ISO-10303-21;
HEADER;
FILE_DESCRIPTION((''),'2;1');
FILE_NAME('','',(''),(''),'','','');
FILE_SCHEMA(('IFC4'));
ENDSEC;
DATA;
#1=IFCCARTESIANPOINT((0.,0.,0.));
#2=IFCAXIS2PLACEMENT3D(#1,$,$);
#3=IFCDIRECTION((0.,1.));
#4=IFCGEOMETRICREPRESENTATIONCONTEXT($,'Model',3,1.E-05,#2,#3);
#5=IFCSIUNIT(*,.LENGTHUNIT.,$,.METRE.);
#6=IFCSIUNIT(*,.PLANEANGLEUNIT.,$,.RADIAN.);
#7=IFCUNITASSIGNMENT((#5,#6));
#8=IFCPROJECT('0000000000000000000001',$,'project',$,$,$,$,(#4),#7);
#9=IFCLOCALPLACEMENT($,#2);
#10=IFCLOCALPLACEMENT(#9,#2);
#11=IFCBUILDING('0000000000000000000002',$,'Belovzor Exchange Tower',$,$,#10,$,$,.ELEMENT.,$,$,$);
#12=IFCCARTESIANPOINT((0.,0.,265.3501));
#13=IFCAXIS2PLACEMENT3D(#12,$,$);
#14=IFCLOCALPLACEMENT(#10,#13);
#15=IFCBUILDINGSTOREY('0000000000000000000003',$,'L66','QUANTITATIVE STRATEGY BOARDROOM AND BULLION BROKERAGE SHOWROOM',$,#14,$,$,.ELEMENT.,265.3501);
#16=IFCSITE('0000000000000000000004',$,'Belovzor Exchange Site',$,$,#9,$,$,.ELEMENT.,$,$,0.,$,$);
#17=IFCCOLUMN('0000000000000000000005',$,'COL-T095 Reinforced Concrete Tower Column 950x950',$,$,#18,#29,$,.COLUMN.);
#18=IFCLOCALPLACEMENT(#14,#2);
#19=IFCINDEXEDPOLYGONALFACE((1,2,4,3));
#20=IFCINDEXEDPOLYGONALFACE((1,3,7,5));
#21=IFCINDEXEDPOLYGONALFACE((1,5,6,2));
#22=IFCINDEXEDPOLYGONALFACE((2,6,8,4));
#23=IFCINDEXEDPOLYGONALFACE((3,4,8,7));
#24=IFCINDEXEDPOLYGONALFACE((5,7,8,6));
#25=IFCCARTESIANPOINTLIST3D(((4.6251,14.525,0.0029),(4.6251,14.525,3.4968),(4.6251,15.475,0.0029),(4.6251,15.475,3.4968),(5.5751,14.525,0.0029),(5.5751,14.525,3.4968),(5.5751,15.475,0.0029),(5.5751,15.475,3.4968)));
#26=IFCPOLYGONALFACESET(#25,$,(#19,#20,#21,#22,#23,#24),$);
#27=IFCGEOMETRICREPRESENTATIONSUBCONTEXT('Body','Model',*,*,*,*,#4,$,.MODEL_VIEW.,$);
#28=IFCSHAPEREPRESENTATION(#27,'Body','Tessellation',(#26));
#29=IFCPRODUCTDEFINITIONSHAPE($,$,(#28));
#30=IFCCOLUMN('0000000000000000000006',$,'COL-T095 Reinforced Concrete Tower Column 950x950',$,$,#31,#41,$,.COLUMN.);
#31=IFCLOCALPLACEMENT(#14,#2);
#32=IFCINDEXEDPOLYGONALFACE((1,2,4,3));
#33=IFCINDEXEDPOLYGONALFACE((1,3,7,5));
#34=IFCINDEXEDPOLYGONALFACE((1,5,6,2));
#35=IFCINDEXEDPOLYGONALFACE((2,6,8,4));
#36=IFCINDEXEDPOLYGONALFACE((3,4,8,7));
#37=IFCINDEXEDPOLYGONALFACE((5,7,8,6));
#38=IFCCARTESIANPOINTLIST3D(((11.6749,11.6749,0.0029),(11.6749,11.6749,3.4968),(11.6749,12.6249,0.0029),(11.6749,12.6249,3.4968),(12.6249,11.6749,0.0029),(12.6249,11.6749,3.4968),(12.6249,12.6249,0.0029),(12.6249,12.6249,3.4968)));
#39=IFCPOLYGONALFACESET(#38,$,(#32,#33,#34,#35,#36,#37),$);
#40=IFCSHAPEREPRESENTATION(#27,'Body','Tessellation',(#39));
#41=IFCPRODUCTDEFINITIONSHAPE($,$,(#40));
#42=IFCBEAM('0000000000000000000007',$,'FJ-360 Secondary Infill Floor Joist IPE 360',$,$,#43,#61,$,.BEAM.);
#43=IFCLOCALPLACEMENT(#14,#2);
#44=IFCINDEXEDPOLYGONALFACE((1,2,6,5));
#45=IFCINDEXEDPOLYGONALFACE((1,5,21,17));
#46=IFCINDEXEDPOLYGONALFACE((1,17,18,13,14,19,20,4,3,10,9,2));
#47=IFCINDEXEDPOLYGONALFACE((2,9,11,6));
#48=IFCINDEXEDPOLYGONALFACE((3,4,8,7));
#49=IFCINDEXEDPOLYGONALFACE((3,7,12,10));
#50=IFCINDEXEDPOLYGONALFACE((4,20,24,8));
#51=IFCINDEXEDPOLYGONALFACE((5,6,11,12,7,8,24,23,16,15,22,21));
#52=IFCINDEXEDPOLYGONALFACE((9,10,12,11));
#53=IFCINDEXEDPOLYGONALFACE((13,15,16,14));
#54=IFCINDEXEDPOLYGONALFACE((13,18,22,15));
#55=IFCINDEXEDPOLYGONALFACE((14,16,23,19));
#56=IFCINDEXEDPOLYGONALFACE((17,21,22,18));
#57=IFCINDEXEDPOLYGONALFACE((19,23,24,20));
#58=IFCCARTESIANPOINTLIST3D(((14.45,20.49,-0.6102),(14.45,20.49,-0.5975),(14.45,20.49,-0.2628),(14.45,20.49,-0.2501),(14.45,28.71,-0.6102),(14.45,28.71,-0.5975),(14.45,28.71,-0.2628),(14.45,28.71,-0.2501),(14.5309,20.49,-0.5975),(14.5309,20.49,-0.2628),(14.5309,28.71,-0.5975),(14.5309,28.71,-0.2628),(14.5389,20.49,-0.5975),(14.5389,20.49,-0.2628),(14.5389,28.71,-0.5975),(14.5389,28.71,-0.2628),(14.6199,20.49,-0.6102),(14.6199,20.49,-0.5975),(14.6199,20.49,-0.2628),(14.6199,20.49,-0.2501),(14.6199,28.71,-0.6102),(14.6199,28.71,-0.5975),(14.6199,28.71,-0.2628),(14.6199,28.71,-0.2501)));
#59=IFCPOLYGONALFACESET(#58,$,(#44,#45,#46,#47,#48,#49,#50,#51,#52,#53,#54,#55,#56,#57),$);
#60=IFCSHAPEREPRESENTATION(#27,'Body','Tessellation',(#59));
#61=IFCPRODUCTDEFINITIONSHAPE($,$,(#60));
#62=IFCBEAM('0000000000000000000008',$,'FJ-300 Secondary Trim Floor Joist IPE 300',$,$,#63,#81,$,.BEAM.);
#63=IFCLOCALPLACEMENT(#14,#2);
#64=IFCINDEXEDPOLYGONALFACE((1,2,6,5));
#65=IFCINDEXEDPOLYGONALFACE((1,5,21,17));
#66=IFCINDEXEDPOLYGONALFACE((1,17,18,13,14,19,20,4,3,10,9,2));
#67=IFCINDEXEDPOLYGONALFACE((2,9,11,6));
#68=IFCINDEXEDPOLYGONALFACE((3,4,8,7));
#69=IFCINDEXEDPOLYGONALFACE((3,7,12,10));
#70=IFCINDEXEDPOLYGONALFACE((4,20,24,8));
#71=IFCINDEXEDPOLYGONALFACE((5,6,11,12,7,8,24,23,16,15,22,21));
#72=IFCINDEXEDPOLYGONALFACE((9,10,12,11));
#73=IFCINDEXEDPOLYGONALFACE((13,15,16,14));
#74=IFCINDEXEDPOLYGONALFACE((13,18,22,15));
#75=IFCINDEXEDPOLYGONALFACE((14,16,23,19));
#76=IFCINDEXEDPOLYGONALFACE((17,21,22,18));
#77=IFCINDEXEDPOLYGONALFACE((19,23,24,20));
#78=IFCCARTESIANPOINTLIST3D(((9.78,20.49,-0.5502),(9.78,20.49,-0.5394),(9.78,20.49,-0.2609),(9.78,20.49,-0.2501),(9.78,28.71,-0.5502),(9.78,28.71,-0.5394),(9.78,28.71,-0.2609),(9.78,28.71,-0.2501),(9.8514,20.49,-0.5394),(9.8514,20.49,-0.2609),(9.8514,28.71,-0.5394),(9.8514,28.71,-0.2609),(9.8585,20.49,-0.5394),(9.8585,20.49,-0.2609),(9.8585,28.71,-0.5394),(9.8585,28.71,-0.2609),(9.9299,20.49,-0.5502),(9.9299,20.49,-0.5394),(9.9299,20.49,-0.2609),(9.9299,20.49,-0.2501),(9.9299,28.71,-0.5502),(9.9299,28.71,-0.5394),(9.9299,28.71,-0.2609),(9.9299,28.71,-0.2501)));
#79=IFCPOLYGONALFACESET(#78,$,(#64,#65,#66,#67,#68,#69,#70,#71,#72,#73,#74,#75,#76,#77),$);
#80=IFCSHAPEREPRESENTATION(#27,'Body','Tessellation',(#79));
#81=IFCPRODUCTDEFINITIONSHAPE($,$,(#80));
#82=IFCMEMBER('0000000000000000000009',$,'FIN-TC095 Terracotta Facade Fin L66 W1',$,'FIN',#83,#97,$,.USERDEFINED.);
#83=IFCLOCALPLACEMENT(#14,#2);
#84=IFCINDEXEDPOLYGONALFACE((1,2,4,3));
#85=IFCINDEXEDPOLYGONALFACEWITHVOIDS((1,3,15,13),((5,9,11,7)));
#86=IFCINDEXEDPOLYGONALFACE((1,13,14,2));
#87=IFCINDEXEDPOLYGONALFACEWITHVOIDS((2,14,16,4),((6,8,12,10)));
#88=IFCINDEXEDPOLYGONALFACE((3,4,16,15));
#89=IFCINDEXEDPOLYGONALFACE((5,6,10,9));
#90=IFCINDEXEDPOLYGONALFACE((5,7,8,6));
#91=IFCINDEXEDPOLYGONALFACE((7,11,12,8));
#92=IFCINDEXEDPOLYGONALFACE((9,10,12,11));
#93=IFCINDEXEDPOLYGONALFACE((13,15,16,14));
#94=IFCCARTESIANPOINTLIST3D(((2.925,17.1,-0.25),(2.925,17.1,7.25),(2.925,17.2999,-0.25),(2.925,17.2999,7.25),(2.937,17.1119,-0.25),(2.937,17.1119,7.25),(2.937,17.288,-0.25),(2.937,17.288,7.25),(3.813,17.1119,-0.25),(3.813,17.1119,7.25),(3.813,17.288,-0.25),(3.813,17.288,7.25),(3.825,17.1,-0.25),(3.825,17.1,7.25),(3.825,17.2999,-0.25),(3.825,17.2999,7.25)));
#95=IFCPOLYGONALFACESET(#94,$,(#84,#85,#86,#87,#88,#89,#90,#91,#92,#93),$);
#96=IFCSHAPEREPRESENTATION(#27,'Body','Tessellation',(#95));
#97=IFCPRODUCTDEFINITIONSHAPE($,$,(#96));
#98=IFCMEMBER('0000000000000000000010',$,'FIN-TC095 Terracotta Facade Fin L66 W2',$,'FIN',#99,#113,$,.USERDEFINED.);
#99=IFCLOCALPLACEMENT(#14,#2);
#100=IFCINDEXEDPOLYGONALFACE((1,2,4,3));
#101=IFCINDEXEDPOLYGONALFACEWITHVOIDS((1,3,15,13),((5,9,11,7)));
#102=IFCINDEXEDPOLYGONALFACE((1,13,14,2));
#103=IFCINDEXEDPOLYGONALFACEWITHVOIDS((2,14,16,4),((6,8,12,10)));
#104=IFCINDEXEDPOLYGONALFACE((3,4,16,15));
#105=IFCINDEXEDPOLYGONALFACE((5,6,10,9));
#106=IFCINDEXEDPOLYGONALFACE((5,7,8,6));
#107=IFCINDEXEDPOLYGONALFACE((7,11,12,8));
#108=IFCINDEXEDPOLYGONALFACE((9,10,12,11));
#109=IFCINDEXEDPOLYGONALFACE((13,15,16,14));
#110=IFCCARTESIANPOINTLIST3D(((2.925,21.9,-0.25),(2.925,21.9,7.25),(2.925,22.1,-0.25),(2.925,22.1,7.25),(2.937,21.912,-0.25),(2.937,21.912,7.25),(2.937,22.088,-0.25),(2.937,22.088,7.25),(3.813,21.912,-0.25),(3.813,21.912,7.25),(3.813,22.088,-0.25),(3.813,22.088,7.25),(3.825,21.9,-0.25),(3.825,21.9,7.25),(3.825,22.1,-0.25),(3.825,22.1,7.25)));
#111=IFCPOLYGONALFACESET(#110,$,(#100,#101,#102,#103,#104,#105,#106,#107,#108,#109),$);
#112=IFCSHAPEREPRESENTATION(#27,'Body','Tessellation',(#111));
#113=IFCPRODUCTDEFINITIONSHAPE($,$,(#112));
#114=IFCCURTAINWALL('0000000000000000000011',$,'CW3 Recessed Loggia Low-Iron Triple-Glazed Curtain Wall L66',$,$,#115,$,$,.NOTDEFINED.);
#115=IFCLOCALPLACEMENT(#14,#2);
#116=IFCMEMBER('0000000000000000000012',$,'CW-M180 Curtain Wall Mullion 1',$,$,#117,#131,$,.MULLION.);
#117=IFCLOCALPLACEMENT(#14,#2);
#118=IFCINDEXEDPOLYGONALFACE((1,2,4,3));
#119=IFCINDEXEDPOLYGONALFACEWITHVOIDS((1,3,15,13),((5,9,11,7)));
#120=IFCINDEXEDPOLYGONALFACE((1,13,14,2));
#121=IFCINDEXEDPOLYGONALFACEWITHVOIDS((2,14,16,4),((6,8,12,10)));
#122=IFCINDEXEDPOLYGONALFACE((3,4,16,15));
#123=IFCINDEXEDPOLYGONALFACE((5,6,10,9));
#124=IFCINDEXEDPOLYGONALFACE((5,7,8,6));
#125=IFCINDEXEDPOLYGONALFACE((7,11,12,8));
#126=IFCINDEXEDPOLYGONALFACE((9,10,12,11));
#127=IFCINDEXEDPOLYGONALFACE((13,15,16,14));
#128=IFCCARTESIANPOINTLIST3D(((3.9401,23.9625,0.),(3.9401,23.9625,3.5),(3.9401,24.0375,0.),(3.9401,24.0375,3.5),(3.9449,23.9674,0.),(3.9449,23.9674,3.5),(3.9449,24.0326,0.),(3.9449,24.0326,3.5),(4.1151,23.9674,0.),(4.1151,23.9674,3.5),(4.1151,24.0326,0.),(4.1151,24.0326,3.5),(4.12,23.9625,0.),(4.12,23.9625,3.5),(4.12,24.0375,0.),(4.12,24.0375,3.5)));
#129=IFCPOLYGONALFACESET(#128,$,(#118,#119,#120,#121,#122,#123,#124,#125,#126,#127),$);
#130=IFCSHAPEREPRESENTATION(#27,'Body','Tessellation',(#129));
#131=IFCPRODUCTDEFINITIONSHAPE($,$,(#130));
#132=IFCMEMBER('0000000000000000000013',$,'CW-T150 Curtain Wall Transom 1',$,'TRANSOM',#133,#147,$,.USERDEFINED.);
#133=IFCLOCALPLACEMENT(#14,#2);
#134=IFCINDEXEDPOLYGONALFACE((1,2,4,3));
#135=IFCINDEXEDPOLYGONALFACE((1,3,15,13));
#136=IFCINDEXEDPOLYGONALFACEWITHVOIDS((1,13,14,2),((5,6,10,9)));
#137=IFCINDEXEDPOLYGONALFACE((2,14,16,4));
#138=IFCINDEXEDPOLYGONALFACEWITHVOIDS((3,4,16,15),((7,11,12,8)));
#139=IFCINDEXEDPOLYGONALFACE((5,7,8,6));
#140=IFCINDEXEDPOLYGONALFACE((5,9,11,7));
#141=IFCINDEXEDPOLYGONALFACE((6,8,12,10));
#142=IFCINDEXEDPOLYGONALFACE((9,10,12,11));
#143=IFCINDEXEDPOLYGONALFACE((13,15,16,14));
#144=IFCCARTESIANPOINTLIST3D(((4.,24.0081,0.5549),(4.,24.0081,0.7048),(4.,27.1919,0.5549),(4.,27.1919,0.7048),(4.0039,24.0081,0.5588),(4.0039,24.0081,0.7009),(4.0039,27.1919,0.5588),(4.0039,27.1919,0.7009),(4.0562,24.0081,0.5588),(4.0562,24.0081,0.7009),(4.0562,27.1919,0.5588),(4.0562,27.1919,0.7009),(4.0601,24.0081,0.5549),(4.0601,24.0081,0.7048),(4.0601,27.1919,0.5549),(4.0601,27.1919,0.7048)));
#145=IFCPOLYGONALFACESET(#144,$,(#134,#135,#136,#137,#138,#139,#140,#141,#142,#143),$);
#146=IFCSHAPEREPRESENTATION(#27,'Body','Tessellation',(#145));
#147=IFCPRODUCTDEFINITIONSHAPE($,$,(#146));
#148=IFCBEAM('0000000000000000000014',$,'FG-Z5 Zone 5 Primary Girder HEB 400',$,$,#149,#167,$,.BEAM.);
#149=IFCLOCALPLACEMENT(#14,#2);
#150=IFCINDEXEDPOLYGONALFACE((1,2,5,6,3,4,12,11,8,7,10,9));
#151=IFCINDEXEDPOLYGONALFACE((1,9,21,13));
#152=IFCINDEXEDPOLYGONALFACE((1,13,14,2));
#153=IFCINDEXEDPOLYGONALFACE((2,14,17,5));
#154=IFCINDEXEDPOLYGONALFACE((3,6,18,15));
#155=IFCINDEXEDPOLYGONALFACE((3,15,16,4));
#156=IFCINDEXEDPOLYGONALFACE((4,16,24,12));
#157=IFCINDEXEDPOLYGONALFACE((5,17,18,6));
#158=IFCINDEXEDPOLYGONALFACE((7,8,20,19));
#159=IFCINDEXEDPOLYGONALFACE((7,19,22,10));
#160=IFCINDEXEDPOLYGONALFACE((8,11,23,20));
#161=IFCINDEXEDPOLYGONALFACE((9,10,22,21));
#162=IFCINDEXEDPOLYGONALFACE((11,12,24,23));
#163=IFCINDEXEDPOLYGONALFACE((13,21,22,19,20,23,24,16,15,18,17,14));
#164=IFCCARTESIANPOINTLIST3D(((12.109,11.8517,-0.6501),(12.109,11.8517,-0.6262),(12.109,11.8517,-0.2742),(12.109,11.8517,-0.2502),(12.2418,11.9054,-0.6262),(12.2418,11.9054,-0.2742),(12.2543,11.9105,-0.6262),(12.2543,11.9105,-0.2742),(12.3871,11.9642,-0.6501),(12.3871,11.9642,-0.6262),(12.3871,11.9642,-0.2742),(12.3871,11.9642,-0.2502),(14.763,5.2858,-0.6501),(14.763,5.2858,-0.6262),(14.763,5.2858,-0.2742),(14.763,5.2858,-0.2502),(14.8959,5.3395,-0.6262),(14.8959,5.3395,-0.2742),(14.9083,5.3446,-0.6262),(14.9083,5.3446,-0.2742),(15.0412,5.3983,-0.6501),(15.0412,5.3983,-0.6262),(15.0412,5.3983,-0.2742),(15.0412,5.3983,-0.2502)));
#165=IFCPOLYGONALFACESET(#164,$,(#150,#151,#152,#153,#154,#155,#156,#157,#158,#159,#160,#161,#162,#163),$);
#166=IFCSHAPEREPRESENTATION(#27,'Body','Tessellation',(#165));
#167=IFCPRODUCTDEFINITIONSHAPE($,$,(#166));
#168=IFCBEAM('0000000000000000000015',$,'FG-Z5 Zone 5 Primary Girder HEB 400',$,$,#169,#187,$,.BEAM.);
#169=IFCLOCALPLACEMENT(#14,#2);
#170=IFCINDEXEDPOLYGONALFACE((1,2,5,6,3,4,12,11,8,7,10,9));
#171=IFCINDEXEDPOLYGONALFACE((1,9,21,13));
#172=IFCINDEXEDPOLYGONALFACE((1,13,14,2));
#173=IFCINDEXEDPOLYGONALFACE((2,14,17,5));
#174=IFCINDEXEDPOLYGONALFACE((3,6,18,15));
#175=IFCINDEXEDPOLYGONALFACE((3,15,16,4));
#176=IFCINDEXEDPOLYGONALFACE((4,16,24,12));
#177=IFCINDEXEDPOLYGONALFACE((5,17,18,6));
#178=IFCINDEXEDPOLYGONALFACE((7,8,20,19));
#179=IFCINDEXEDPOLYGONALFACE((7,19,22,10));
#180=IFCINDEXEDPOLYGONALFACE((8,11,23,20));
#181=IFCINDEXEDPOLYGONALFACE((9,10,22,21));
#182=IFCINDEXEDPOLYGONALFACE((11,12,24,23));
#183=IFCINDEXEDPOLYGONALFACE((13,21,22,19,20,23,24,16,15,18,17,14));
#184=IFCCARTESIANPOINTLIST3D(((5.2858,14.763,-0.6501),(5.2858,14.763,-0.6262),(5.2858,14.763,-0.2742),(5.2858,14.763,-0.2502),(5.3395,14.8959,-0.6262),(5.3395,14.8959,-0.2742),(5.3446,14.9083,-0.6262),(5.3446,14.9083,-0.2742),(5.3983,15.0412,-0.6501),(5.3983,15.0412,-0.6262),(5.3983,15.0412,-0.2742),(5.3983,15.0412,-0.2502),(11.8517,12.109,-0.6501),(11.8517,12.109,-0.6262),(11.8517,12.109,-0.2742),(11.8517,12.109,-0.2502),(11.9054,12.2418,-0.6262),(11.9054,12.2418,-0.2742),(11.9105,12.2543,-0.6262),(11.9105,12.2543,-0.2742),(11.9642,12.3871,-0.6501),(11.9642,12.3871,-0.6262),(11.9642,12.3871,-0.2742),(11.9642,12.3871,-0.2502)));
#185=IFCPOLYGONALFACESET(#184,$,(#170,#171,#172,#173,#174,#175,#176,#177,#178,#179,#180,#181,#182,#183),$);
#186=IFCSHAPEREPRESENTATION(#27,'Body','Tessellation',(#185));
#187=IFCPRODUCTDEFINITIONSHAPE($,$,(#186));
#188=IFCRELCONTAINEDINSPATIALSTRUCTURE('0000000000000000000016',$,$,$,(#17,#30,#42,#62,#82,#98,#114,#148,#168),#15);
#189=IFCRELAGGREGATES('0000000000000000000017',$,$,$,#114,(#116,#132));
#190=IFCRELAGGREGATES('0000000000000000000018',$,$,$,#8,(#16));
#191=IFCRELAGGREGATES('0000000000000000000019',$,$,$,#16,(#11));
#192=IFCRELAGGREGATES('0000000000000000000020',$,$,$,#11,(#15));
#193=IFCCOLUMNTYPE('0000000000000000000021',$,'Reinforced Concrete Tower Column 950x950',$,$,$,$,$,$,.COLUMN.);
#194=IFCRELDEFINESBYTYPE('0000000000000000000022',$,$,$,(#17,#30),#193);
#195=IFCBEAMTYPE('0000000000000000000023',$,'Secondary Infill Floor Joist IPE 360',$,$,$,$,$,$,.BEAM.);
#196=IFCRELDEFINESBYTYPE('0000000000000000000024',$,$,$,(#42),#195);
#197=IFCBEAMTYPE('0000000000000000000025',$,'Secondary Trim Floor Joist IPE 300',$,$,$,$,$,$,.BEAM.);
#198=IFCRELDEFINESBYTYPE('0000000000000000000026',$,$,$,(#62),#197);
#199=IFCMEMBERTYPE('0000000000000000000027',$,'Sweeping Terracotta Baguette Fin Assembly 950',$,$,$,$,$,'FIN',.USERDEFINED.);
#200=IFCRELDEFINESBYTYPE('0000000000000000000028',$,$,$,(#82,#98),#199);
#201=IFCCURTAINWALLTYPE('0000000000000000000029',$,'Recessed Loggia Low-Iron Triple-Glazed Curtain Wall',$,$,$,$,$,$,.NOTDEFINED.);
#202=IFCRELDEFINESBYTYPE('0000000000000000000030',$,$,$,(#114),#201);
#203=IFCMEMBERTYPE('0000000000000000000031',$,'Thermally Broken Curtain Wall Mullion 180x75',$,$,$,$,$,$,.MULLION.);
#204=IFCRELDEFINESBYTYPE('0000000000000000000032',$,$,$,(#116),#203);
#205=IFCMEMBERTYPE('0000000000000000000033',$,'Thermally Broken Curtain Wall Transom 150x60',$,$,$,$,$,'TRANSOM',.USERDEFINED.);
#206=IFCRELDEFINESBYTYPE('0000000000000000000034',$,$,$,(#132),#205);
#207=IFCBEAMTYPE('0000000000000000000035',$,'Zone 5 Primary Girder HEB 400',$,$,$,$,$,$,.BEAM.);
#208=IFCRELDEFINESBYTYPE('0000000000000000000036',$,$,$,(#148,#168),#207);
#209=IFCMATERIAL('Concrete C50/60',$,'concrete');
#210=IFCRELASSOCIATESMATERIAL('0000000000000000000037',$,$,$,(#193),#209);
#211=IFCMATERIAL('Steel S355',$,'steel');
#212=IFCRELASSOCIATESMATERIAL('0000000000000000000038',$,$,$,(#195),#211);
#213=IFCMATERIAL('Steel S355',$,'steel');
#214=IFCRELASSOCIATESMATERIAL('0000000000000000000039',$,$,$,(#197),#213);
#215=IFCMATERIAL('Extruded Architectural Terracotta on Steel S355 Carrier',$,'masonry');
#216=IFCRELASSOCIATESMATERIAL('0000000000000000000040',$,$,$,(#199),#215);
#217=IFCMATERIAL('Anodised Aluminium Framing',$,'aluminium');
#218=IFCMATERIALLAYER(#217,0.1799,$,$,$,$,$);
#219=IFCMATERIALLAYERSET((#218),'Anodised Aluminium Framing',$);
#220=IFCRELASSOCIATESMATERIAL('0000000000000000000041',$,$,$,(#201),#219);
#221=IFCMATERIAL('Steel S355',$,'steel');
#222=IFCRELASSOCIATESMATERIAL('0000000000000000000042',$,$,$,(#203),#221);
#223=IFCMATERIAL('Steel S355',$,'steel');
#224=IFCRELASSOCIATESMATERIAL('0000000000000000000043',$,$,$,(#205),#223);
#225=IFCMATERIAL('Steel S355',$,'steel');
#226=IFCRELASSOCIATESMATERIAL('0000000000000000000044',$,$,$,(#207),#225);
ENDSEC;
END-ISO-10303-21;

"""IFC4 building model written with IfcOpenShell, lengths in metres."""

from ifc_helpers import new_model, si_unit, direction, frame, origin, origin_2d, place, context, subcontext, project, spatial, rectangle, hollow_rectangle, i_section, extrude, material, layer, layer_set, material_profile, profile_set, type_object, element, aggregate, save


model = new_model("IFC4")

# Units and contexts
model_context = context("Model", 3, precision=1e-05, world=origin(), true_north=direction((0.0, 1.0)))
body_context = subcontext(model_context, "Body", "Model", "MODEL_VIEW")
ifc_project = project(units=[si_unit("LENGTHUNIT", "METRE"), si_unit("PLANEANGLEUNIT", "RADIAN")], contexts=[model_context])

# Site, building, storey
site_placement = place(None, origin())
site = spatial("IfcSite", under=ifc_project, at=site_placement, Name="Belovzor Exchange Site", CompositionType="ELEMENT", RefElevation=0.0)
building_placement = place(site_placement, origin())
building = spatial("IfcBuilding", under=site, at=building_placement, Name="Belovzor Exchange Tower", CompositionType="ELEMENT")
storey_placement = place(building_placement, frame((0.0, 0.0, 265.3501)))
storey = spatial("IfcBuildingStorey", under=building, at=storey_placement, Name="L66", Description="QUANTITATIVE STRATEGY BOARDROOM AND BULLION BROKERAGE SHOWROOM", CompositionType="ELEMENT", Elevation=265.3501)

# Columns
ifc_material_1 = material(Name="Concrete C50/60", Category="concrete")
ifc_material_profile_1 = material_profile(ifc_material_1, rectangle(XDim=0.95, YDim=0.95, at=origin_2d()))
ifc_profile_set_1 = profile_set([ifc_material_profile_1], Name="Concrete C50/60")
column_type = type_object("IfcColumnType", Name="Reinforced Concrete Tower Column 950x950", PredefinedType="COLUMN", material=ifc_profile_set_1)
for number, where, z_axis, x_axis, name in (
    (1, (5.1001, 15.0, 0.0029), (0.0, 0.0, 1.0), (1.0, 0.0, 0.0), "COL-T095 Reinforced Concrete Tower Column 950x950"),
    (2, (12.1499, 12.1499, 0.0029), (0.0, 0.0, 1.0), (1.0, 0.0, 0.0), "COL-T095 Reinforced Concrete Tower Column 950x950"),
):
    element("IfcColumn", number, at=place(storey_placement, frame(where, z_axis=z_axis, x_axis=x_axis)), inside=storey, type_object=column_type, Name=name, PredefinedType="COLUMN", context=body_context, shape_type="SweptSolid", body=[
        extrude(rectangle(XDim=0.95, YDim=0.95, at=origin_2d()), origin(), (0.0, 0.0, 1.0), 3.4939),
    ])

# Beams
ifc_material_2 = material(Name="Steel S355", Category="steel")
ifc_material_profile_2 = material_profile(ifc_material_2, i_section(OverallWidth=0.1699, OverallDepth=0.3601, WebThickness=0.0081, FlangeThickness=0.0127, at=origin_2d()))
ifc_profile_set_2 = profile_set([ifc_material_profile_2], Name="Steel S355")
beam_type_1 = type_object("IfcBeamType", Name="Secondary Infill Floor Joist IPE 360", PredefinedType="BEAM", material=ifc_profile_set_2)
beam_1_placement = place(storey_placement, frame((14.5349, 20.49, -0.4302), z_axis=(0.0, 1.0, 0.0), x_axis=(-1.0, 0.0, 0.0)))
element("IfcBeam", 3, at=beam_1_placement, inside=storey, type_object=beam_type_1, Name="FJ-360 Secondary Infill Floor Joist IPE 360", PredefinedType="BEAM", context=body_context, shape_type="SweptSolid", body=[
    extrude(i_section(OverallWidth=0.1699, OverallDepth=0.3601, WebThickness=0.0081, FlangeThickness=0.0127, at=origin_2d()), origin(), (0.0, 0.0, 1.0), 8.22),
])
ifc_material_3 = material(Name="Steel S355", Category="steel")
ifc_material_profile_3 = material_profile(ifc_material_3, i_section(OverallWidth=0.1499, OverallDepth=0.3, WebThickness=0.0071, FlangeThickness=0.0107, at=origin_2d()))
ifc_profile_set_3 = profile_set([ifc_material_profile_3], Name="Steel S355")
beam_type_2 = type_object("IfcBeamType", Name="Secondary Trim Floor Joist IPE 300", PredefinedType="BEAM", material=ifc_profile_set_3)
beam_2_placement = place(storey_placement, frame((9.855, 20.49, -0.4001), z_axis=(0.0, 1.0, 0.0), x_axis=(-1.0, 0.0, 0.0)))
element("IfcBeam", 4, at=beam_2_placement, inside=storey, type_object=beam_type_2, Name="FJ-300 Secondary Trim Floor Joist IPE 300", PredefinedType="BEAM", context=body_context, shape_type="SweptSolid", body=[
    extrude(i_section(OverallWidth=0.1499, OverallDepth=0.3, WebThickness=0.0071, FlangeThickness=0.0107, at=origin_2d()), origin(), (0.0, 0.0, 1.0), 8.22),
])

# Members
ifc_material_4 = material(Name="Extruded Architectural Terracotta on Steel S355 Carrier", Category="masonry")
ifc_material_profile_4 = material_profile(ifc_material_4, hollow_rectangle(XDim=0.2, YDim=0.8999, WallThickness=0.012, at=origin_2d()))
ifc_profile_set_4 = profile_set([ifc_material_profile_4], Name="Extruded Architectural Terracotta on Steel S355 Carrier")
member_type_1 = type_object("IfcMemberType", Name="Sweeping Terracotta Baguette Fin Assembly 950", ElementType="FIN", PredefinedType="USERDEFINED", material=ifc_profile_set_4)
for number, where, z_axis, x_axis, name in (
    (5, (3.375, 17.2, -0.25), (0.0, 0.0, 1.0), (0.0, 1.0, 0.0), "FIN-TC095 Terracotta Facade Fin L66 W1"),
    (6, (3.375, 22.0, -0.25), (0.0, 0.0, 1.0), (0.0, 1.0, 0.0), "FIN-TC095 Terracotta Facade Fin L66 W2"),
):
    element("IfcMember", number, at=place(storey_placement, frame(where, z_axis=z_axis, x_axis=x_axis)), inside=storey, type_object=member_type_1, Name=name, ObjectType="FIN", PredefinedType="USERDEFINED", context=body_context, shape_type="SweptSolid", body=[
        extrude(hollow_rectangle(XDim=0.2, YDim=0.8999, WallThickness=0.012, at=origin_2d()), origin(), (0.0, 0.0, 1.0), 7.5),
    ])

# Curtain wall, members
ifc_material_5 = material(Name="Anodised Aluminium Framing", Category="aluminium")
ifc_layer_1 = layer(ifc_material_5, 0.1799)
ifc_layer_set_1 = layer_set([ifc_layer_1], Name="Anodised Aluminium Framing")
curtain_wall_type = type_object("IfcCurtainWallType", Name="Recessed Loggia Low-Iron Triple-Glazed Curtain Wall", PredefinedType="NOTDEFINED", material=ifc_layer_set_1)
curtain_wall_placement = place(storey_placement, origin())
curtain_wall = element("IfcCurtainWall", 7, at=curtain_wall_placement, inside=storey, type_object=curtain_wall_type, Name="CW3 Recessed Loggia Low-Iron Triple-Glazed Curtain Wall L66", PredefinedType="NOTDEFINED")
ifc_material_6 = material(Name="Steel S355", Category="steel")
ifc_material_profile_5 = material_profile(ifc_material_6, hollow_rectangle(XDim=0.075, YDim=0.1799, WallThickness=0.0049, at=origin_2d()))
ifc_profile_set_5 = profile_set([ifc_material_profile_5], Name="Steel S355")
member_type_2 = type_object("IfcMemberType", Name="Thermally Broken Curtain Wall Mullion 180x75", PredefinedType="MULLION", material=ifc_profile_set_5)
member_1_placement = place(storey_placement, frame((4.03, 24.0, 0.0), z_axis=(0.0, 0.0, 1.0), x_axis=(0.0, 1.0, 0.0)))
member_1 = element("IfcMember", 8, at=member_1_placement, type_object=member_type_2, Name="CW-M180 Curtain Wall Mullion 1", PredefinedType="MULLION", context=body_context, shape_type="SweptSolid", body=[
    extrude(hollow_rectangle(XDim=0.075, YDim=0.1799, WallThickness=0.0049, at=origin_2d()), origin(), (0.0, 0.0, 1.0), 3.5),
])
ifc_material_7 = material(Name="Steel S355", Category="steel")
ifc_material_profile_6 = material_profile(ifc_material_7, hollow_rectangle(XDim=0.0601, YDim=0.1499, WallThickness=0.0039, at=origin_2d()))
ifc_profile_set_6 = profile_set([ifc_material_profile_6], Name="Steel S355")
member_type_3 = type_object("IfcMemberType", Name="Thermally Broken Curtain Wall Transom 150x60", ElementType="TRANSOM", PredefinedType="USERDEFINED", material=ifc_profile_set_6)
member_2_placement = place(storey_placement, frame((4.03, 24.0081, 0.6299), z_axis=(0.0, 1.0, 0.0), x_axis=(-1.0, 0.0, 0.0)))
member_2 = element("IfcMember", 9, at=member_2_placement, type_object=member_type_3, Name="CW-T150 Curtain Wall Transom 1", ObjectType="TRANSOM", PredefinedType="USERDEFINED", context=body_context, shape_type="SweptSolid", body=[
    extrude(hollow_rectangle(XDim=0.0601, YDim=0.1499, WallThickness=0.0039, at=origin_2d()), origin(), (0.0, 0.0, 1.0), 3.1838),
])

# Beams
ifc_material_8 = material(Name="Steel S355", Category="steel")
ifc_material_profile_7 = material_profile(ifc_material_8, i_section(OverallWidth=0.3, OverallDepth=0.3999, WebThickness=0.0134, FlangeThickness=0.0239, at=origin_2d()))
ifc_profile_set_7 = profile_set([ifc_material_profile_7], Name="Steel S355")
beam_type_3 = type_object("IfcBeamType", Name="Zone 5 Primary Girder HEB 400", PredefinedType="BEAM", material=ifc_profile_set_7)
for number, where, z_axis, x_axis, name in (
    (10, (12.248, 11.908, -0.4502), (0.374758, -0.927123, 0.0), (0.927123, 0.374758, 0.0), "FG-Z5 Zone 5 Primary Girder HEB 400"),
    (11, (5.342, 14.9021, -0.4502), (0.927123, -0.374758, 0.0), (0.374758, 0.927123, 0.0), "FG-Z5 Zone 5 Primary Girder HEB 400"),
):
    element("IfcBeam", number, at=place(storey_placement, frame(where, z_axis=z_axis, x_axis=x_axis)), inside=storey, type_object=beam_type_3, Name=name, PredefinedType="BEAM", context=body_context, shape_type="SweptSolid", body=[
        extrude(i_section(OverallWidth=0.3, OverallDepth=0.3999, WebThickness=0.0134, FlangeThickness=0.0239, at=origin_2d()), origin(), (0.0, 0.0, 1.0), 7.082),
    ])

aggregate(curtain_wall, [member_1, member_2])

save(model, "model.ifc")
